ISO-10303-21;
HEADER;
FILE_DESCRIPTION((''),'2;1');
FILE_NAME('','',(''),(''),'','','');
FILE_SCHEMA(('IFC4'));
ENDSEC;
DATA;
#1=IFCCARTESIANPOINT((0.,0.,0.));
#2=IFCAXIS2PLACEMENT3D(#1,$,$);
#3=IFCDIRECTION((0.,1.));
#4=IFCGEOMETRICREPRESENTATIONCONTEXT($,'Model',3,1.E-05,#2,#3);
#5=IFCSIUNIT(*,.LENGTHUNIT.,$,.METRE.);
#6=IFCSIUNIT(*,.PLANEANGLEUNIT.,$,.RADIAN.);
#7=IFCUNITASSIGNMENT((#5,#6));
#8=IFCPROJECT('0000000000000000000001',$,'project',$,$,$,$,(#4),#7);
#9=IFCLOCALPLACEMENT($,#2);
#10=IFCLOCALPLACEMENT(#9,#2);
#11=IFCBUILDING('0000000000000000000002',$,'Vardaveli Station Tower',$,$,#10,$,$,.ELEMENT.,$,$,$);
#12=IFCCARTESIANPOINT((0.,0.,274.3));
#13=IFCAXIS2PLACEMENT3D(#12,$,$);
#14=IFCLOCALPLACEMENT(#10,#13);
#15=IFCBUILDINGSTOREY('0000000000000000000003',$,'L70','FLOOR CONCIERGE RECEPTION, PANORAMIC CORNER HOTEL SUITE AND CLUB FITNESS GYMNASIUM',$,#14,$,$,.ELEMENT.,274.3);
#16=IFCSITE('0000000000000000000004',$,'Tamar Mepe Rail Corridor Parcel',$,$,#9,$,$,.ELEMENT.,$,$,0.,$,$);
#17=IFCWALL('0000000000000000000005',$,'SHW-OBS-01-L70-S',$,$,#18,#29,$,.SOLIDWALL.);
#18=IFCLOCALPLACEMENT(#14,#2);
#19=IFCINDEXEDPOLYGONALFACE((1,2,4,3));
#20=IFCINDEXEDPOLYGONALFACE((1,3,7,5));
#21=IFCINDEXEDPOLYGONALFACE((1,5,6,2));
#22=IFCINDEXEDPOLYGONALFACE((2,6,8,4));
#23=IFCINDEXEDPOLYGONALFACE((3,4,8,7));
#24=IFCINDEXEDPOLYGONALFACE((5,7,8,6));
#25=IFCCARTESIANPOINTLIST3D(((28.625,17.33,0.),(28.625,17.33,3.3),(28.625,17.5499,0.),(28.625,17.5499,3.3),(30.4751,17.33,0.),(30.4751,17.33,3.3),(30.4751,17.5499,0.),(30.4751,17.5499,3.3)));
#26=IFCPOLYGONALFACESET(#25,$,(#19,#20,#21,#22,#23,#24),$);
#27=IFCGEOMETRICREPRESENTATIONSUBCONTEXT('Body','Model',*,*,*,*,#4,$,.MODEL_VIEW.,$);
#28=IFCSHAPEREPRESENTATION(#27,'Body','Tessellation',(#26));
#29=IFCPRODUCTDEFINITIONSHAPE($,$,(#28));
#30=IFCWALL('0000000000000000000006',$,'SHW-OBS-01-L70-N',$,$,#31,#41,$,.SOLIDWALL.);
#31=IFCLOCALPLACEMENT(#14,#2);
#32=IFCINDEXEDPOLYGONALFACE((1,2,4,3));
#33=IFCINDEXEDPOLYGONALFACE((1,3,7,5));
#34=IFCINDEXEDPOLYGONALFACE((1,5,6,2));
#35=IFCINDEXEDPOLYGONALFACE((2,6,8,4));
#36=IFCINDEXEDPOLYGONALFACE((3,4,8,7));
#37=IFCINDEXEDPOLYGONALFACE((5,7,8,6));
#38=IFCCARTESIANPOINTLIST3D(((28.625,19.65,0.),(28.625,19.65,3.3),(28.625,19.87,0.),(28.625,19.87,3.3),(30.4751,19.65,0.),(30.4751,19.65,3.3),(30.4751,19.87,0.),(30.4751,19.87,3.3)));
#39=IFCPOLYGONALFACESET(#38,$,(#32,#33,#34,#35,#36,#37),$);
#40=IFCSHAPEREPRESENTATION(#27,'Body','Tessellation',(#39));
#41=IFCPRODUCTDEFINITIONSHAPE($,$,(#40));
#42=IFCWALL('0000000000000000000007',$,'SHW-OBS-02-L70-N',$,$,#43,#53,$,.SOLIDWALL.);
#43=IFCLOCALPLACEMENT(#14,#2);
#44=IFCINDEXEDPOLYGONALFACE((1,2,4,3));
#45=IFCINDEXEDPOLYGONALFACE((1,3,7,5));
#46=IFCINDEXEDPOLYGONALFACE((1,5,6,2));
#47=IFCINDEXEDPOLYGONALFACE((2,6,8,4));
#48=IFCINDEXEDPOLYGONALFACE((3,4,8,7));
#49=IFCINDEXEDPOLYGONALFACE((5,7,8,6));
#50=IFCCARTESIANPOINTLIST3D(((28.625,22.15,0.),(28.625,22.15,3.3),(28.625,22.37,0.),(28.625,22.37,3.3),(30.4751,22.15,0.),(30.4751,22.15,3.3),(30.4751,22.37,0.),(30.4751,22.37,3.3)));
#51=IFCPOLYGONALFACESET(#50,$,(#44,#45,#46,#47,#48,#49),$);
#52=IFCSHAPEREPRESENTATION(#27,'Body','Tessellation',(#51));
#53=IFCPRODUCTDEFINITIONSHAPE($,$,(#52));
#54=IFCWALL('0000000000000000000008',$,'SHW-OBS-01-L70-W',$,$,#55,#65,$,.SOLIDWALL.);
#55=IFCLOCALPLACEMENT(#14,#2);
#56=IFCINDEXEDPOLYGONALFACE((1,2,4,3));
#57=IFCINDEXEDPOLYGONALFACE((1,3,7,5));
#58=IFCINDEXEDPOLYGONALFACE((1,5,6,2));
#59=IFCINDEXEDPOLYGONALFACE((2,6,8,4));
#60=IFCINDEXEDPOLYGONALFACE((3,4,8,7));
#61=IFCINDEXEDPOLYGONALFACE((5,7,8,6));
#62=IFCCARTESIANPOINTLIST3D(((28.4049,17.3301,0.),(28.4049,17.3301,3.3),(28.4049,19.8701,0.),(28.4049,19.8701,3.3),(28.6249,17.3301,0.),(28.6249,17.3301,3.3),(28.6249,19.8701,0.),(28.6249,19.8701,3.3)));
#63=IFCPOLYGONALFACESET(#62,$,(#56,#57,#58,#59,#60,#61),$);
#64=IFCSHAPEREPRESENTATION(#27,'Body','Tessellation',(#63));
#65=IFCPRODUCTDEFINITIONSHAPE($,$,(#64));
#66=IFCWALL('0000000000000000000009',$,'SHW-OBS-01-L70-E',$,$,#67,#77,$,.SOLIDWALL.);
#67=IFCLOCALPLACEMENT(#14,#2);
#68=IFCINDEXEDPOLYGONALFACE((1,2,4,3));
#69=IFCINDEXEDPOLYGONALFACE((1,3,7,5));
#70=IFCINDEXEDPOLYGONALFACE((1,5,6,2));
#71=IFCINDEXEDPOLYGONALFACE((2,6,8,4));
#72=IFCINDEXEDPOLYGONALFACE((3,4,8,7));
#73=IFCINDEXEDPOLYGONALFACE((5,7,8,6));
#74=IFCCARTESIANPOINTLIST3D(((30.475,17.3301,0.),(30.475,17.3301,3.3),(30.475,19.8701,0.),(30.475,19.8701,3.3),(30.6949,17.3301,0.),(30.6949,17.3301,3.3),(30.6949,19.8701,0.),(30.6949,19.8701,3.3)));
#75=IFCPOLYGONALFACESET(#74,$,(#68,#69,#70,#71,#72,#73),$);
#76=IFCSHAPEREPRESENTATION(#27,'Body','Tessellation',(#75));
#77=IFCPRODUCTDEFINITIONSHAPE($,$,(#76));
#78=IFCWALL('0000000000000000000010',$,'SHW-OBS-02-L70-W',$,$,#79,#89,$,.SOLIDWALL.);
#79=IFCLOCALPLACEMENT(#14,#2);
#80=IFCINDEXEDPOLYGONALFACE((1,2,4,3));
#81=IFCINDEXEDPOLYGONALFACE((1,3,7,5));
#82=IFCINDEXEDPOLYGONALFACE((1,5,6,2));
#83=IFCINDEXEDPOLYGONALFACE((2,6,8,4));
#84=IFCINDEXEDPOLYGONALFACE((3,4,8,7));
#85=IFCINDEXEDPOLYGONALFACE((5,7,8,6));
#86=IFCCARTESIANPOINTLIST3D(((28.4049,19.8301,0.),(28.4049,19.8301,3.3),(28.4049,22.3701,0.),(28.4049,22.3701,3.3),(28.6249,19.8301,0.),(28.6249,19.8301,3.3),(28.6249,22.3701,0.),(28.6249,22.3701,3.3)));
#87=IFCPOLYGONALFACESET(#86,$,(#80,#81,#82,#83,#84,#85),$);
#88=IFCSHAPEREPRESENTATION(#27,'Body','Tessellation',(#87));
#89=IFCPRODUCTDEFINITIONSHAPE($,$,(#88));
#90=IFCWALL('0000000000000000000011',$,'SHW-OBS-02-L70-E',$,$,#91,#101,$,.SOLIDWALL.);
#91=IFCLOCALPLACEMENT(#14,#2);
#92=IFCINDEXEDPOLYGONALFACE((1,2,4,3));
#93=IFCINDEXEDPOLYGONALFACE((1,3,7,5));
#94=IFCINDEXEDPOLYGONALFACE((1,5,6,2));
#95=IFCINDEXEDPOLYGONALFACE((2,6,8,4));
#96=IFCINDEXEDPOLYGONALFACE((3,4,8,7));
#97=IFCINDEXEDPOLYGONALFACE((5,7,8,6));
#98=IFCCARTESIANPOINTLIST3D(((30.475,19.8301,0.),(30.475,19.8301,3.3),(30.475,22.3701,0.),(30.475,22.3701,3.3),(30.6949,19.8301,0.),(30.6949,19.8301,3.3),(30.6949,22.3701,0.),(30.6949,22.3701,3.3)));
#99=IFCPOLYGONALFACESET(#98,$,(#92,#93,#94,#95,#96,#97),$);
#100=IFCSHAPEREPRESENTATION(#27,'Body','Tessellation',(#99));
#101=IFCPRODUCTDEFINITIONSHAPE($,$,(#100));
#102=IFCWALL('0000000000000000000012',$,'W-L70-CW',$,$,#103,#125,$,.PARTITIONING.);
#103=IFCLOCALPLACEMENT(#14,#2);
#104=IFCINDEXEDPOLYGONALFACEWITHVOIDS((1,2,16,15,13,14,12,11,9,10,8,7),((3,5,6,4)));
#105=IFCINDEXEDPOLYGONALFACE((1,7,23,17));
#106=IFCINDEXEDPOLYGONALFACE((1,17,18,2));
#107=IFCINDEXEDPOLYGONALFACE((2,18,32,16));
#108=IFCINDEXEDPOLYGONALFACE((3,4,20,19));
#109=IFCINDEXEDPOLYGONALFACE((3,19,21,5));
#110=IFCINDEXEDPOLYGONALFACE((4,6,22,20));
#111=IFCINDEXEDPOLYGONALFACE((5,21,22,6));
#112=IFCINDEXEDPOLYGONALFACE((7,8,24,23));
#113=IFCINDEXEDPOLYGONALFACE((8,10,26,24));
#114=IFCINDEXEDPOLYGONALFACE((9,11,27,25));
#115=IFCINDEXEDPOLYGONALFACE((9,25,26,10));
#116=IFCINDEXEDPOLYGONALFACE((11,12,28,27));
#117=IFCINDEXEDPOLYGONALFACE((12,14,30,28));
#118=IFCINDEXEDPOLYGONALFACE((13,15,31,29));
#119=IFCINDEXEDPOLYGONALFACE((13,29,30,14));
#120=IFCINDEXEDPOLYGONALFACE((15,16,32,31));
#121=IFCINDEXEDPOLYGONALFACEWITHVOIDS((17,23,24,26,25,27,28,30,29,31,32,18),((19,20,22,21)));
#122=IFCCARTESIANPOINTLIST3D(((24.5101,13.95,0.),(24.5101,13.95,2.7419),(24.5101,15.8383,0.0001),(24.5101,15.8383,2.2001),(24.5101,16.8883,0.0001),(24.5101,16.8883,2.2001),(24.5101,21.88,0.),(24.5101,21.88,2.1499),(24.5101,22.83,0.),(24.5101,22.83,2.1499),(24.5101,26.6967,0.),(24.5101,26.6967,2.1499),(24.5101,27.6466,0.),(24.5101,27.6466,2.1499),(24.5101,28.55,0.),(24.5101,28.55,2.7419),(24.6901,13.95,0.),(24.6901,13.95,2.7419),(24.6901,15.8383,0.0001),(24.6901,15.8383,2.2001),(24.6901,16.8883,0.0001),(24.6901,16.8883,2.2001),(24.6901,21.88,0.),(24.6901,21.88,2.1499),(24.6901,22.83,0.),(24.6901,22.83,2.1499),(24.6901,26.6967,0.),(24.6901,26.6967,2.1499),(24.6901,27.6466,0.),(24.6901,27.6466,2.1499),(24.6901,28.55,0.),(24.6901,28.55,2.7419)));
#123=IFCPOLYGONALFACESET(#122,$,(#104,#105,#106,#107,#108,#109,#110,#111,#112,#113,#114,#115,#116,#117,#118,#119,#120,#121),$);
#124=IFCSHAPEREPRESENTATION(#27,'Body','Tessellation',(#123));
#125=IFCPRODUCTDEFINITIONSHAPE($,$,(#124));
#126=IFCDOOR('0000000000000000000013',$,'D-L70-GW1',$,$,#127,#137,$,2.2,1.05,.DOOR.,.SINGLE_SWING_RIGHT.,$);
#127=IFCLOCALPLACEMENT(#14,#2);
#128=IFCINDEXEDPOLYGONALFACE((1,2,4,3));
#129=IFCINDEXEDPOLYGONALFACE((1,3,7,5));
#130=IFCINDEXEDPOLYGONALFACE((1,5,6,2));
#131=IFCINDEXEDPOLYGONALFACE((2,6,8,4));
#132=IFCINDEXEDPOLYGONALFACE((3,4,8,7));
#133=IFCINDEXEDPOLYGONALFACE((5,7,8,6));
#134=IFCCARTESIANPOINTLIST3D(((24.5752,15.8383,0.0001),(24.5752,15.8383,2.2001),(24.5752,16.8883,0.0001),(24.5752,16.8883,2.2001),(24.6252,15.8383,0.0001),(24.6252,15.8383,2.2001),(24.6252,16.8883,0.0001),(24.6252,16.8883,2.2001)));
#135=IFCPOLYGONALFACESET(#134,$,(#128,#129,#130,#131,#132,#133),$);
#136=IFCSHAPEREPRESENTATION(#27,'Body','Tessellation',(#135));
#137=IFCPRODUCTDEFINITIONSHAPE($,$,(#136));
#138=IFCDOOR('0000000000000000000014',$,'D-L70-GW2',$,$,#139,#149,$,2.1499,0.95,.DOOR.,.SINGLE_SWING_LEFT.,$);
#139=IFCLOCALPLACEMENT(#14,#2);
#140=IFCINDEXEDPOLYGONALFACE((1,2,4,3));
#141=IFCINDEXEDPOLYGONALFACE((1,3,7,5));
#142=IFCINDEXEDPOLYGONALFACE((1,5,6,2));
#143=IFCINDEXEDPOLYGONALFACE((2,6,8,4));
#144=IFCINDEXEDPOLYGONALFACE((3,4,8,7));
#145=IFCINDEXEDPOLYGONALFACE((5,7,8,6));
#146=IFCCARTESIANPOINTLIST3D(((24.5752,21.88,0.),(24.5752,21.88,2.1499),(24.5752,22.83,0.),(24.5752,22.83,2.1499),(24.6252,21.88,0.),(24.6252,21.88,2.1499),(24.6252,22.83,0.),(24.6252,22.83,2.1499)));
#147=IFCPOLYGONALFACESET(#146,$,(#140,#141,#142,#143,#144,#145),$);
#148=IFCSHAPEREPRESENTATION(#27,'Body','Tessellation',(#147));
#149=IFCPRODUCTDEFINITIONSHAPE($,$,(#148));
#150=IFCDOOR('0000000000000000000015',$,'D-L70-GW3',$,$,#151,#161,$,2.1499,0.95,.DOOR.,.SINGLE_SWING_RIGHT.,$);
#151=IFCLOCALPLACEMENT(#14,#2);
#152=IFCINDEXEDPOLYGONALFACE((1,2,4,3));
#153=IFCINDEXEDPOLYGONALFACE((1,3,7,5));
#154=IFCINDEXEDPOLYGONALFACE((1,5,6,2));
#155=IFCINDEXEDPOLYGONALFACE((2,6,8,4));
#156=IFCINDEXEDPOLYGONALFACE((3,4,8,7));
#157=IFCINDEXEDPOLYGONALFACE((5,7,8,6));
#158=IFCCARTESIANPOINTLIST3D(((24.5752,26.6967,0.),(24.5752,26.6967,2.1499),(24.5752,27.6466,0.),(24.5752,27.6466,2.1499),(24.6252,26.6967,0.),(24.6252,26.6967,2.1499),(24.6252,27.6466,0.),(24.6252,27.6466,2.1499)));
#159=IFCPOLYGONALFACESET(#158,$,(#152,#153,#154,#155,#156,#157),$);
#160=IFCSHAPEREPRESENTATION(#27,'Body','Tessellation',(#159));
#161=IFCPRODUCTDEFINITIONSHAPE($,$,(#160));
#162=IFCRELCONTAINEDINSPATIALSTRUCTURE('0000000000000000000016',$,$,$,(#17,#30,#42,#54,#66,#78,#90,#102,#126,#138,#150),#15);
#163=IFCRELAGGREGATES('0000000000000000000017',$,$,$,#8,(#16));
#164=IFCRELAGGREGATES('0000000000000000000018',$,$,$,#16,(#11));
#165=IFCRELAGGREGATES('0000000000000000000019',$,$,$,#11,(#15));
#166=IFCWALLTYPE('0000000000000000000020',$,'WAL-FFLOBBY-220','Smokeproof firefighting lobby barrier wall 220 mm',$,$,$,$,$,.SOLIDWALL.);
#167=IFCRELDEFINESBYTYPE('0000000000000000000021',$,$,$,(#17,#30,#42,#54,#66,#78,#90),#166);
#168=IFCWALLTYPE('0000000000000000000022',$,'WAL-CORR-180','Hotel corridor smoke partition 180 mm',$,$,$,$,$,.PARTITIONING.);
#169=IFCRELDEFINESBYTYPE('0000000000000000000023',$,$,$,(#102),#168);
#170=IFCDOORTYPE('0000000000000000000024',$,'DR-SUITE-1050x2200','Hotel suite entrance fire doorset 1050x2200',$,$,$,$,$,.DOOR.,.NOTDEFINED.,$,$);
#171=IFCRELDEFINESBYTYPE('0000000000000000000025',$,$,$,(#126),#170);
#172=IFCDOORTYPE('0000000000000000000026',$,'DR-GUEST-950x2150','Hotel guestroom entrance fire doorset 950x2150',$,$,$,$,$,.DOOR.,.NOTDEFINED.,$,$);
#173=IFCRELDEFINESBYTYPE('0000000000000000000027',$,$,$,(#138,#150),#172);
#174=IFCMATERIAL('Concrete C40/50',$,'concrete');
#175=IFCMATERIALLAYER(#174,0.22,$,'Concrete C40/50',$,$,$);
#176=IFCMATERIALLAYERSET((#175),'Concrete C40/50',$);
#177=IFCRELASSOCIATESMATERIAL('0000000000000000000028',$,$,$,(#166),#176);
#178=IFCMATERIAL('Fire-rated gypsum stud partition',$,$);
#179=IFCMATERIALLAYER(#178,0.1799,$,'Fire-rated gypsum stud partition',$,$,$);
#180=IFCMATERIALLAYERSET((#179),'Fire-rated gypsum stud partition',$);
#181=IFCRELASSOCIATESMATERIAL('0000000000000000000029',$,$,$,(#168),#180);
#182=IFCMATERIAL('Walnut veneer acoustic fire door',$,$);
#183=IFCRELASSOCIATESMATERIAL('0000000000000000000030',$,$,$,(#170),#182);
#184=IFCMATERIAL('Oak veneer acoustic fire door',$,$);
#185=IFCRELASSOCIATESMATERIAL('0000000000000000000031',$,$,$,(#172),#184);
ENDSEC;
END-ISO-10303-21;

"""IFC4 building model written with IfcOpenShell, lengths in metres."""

from ifc_helpers import new_model, si_unit, direction, frame, frame_2d, origin, place, context, subcontext, project, spatial, rectangle, extrude, source, transform, mapped, material, layer, layer_set, type_object, element, fill, save


model = new_model("IFC4")

# Units and contexts
model_context = context("Model", 3, precision=1e-05, world=origin(), true_north=direction((0.0, 1.0)))
body_context = subcontext(model_context, "Body", "Model", "MODEL_VIEW")
ifc_project = project(units=[si_unit("LENGTHUNIT", "METRE"), si_unit("PLANEANGLEUNIT", "RADIAN")], contexts=[model_context])

# Site, building, storey
site_placement = place(None, origin())
site = spatial("IfcSite", under=ifc_project, at=site_placement, Name="Tamar Mepe Rail Corridor Parcel", CompositionType="ELEMENT", RefElevation=0.0)
building_placement = place(site_placement, origin())
building = spatial("IfcBuilding", under=site, at=building_placement, Name="Vardaveli Station Tower", CompositionType="ELEMENT")
storey_placement = place(building_placement, frame((0.0, 0.0, 274.3)))
storey = spatial("IfcBuildingStorey", under=building, at=storey_placement, Name="L70", Description="FLOOR CONCIERGE RECEPTION, PANORAMIC CORNER HOTEL SUITE AND CLUB FITNESS GYMNASIUM", CompositionType="ELEMENT", Elevation=274.3)

# Walls
ifc_material_1 = material(Name="Concrete C40/50", Category="concrete")
ifc_layer_1 = layer(ifc_material_1, 0.22, Name="Concrete C40/50")
ifc_layer_set_1 = layer_set([ifc_layer_1], Name="Concrete C40/50")
wall_type_1 = type_object("IfcWallType", Name="WAL-FFLOBBY-220", Description="Smokeproof firefighting lobby barrier wall 220 mm", PredefinedType="SOLIDWALL", material=ifc_layer_set_1)
shared_shape_1 = source(origin(), body_context, "Body", "SweptSolid", [
    extrude(rectangle(XDim=1.8501, YDim=0.22, at=frame_2d((0.925, 0.0))), origin(), (0.0, 0.0, 1.0), 3.3),
])
for number, where, z_axis, x_axis, name in (
    (1, (28.625, 17.4399, 0.0), (0.0, 0.0, 1.0), (1.0, 0.0, 0.0), "SHW-OBS-01-L70-S"),
    (2, (28.625, 19.76, 0.0), (0.0, 0.0, 1.0), (1.0, 0.0, 0.0), "SHW-OBS-01-L70-N"),
    (3, (28.625, 22.26, 0.0), (0.0, 0.0, 1.0), (1.0, 0.0, 0.0), "SHW-OBS-02-L70-N"),
):
    element("IfcWall", number, at=place(storey_placement, frame(where, z_axis=z_axis, x_axis=x_axis)), inside=storey, type_object=wall_type_1, Name=name, PredefinedType="SOLIDWALL", context=body_context, shape_type="MappedRepresentation", body=[
        mapped(shared_shape_1, transform((0.0, 0.0, 0.0), scale=1.0)),
    ])
shared_shape_2 = source(origin(), body_context, "Body", "SweptSolid", [
    extrude(rectangle(XDim=2.54, YDim=0.22, at=frame_2d((1.27, 0.0))), origin(), (0.0, 0.0, 1.0), 3.3),
])
for number, where, z_axis, x_axis, name in (
    (4, (28.5149, 17.3301, 0.0), (0.0, 0.0, 1.0), (0.0, 1.0, 0.0), "SHW-OBS-01-L70-W"),
    (5, (30.585, 17.3301, 0.0), (0.0, 0.0, 1.0), (0.0, 1.0, 0.0), "SHW-OBS-01-L70-E"),
    (6, (28.5149, 19.8301, 0.0), (0.0, 0.0, 1.0), (0.0, 1.0, 0.0), "SHW-OBS-02-L70-W"),
    (7, (30.585, 19.8301, 0.0), (0.0, 0.0, 1.0), (0.0, 1.0, 0.0), "SHW-OBS-02-L70-E"),
):
    element("IfcWall", number, at=place(storey_placement, frame(where, z_axis=z_axis, x_axis=x_axis)), inside=storey, type_object=wall_type_1, Name=name, PredefinedType="SOLIDWALL", context=body_context, shape_type="MappedRepresentation", body=[
        mapped(shared_shape_2, transform((0.0, 0.0, 0.0), scale=1.0)),
    ])

# Wall, openings, doors
ifc_material_2 = material(Name="Fire-rated gypsum stud partition")
ifc_layer_2 = layer(ifc_material_2, 0.1799, Name="Fire-rated gypsum stud partition")
ifc_layer_set_2 = layer_set([ifc_layer_2], Name="Fire-rated gypsum stud partition")
wall_type_2 = type_object("IfcWallType", Name="WAL-CORR-180", Description="Hotel corridor smoke partition 180 mm", PredefinedType="PARTITIONING", material=ifc_layer_set_2)
shared_shape_3 = source(origin(), body_context, "Body", "SweptSolid", [
    extrude(rectangle(XDim=14.6001, YDim=0.1799, at=frame_2d((7.3, 0.0))), origin(), (0.0, 0.0, 1.0), 2.7419),
])
wall_1_placement = place(storey_placement, frame((24.6001, 13.95, 0.0), z_axis=(0.0, 0.0, 1.0), x_axis=(0.0, 1.0, 0.0)))
wall_1 = element("IfcWall", 8, at=wall_1_placement, inside=storey, type_object=wall_type_2, Name="W-L70-CW", PredefinedType="PARTITIONING", context=body_context, shape_type="MappedRepresentation", body=[
    mapped(shared_shape_3, transform((0.0, 0.0, 0.0), scale=1.0)),
])
shared_shape_4 = source(origin(), body_context, "Body", "SweptSolid", [
    extrude(rectangle(XDim=1.05, YDim=2.2, at=frame_2d((0.5249, 1.1001))), frame((0.0, 0.1001, 0.0), z_axis=(0.0, -1.0, 0.0), x_axis=(1.0, 0.0, 0.0)), (0.0, 0.0, 1.0), 0.2),
])
opening_1_placement = place(wall_1_placement, frame((1.8884, 0.0, 0.0)))
opening_1 = element("IfcOpeningElement", 9, at=opening_1_placement, cuts=wall_1, PredefinedType="OPENING", context=body_context, shape_type="MappedRepresentation", body=[
    mapped(shared_shape_4, transform((0.0, 0.0, 0.0), scale=1.0)),
])
shared_shape_5 = source(origin(), body_context, "Body", "SweptSolid", [
    extrude(rectangle(XDim=0.95, YDim=2.1499, at=frame_2d((0.4751, 1.075))), frame((0.0, 0.1001, 0.0), z_axis=(0.0, -1.0, 0.0), x_axis=(1.0, 0.0, 0.0)), (0.0, 0.0, 1.0), 0.2),
])
opening_2_placement = place(wall_1_placement, frame((7.9299, 0.0, 0.0)))
opening_2 = element("IfcOpeningElement", 10, at=opening_2_placement, cuts=wall_1, PredefinedType="OPENING", context=body_context, shape_type="MappedRepresentation", body=[
    mapped(shared_shape_5, transform((0.0, 0.0, 0.0), scale=1.0)),
])
opening_3_placement = place(wall_1_placement, frame((12.7466, 0.0, 0.0)))
opening_3 = element("IfcOpeningElement", 11, at=opening_3_placement, cuts=wall_1, PredefinedType="OPENING", context=body_context, shape_type="MappedRepresentation", body=[
    mapped(shared_shape_5, transform((0.0, 0.0, 0.0), scale=1.0)),
])
ifc_material_3 = material(Name="Walnut veneer acoustic fire door")
door_type_1 = type_object("IfcDoorType", Name="DR-SUITE-1050x2200", Description="Hotel suite entrance fire doorset 1050x2200", OperationType="NOTDEFINED", PredefinedType="DOOR", material=ifc_material_3)
shared_shape_6 = source(origin(), body_context, "Body", "SweptSolid", [
    extrude(rectangle(XDim=1.05, YDim=2.2, at=frame_2d((0.5249, 1.1001))), frame((0.0, 0.0249, 0.0), z_axis=(0.0, -1.0, 0.0), x_axis=(1.0, 0.0, 0.0)), (0.0, 0.0, 1.0), 0.05),
])
door_1_placement = place(opening_1_placement, origin())
door_1 = element("IfcDoor", 12, at=door_1_placement, inside=storey, type_object=door_type_1, Name="D-L70-GW1", OperationType="SINGLE_SWING_RIGHT", OverallHeight=2.2, OverallWidth=1.05, PredefinedType="DOOR", context=body_context, shape_type="MappedRepresentation", body=[
    mapped(shared_shape_6, transform((0.0, 0.0, 0.0), scale=1.0)),
])
fill(opening_1, door_1)
ifc_material_4 = material(Name="Oak veneer acoustic fire door")
door_type_2 = type_object("IfcDoorType", Name="DR-GUEST-950x2150", Description="Hotel guestroom entrance fire doorset 950x2150", OperationType="NOTDEFINED", PredefinedType="DOOR", material=ifc_material_4)
shared_shape_7 = source(origin(), body_context, "Body", "SweptSolid", [
    extrude(rectangle(XDim=0.95, YDim=2.1499, at=frame_2d((0.4751, 1.075))), frame((0.0, 0.0249, 0.0), z_axis=(0.0, -1.0, 0.0), x_axis=(1.0, 0.0, 0.0)), (0.0, 0.0, 1.0), 0.05),
])
door_2_placement = place(opening_2_placement, origin())
door_2 = element("IfcDoor", 13, at=door_2_placement, inside=storey, type_object=door_type_2, Name="D-L70-GW2", OperationType="SINGLE_SWING_LEFT", OverallHeight=2.1499, OverallWidth=0.95, PredefinedType="DOOR", context=body_context, shape_type="MappedRepresentation", body=[
    mapped(shared_shape_7, transform((0.0, 0.0, 0.0), scale=1.0)),
])
fill(opening_2, door_2)
door_3_placement = place(opening_3_placement, origin())
door_3 = element("IfcDoor", 14, at=door_3_placement, inside=storey, type_object=door_type_2, Name="D-L70-GW3", OperationType="SINGLE_SWING_RIGHT", OverallHeight=2.1499, OverallWidth=0.95, PredefinedType="DOOR", context=body_context, shape_type="MappedRepresentation", body=[
    mapped(shared_shape_7, transform((0.0, 0.0, 0.0), scale=1.0)),
])
fill(opening_3, door_3)

save(model, "model.ifc")
